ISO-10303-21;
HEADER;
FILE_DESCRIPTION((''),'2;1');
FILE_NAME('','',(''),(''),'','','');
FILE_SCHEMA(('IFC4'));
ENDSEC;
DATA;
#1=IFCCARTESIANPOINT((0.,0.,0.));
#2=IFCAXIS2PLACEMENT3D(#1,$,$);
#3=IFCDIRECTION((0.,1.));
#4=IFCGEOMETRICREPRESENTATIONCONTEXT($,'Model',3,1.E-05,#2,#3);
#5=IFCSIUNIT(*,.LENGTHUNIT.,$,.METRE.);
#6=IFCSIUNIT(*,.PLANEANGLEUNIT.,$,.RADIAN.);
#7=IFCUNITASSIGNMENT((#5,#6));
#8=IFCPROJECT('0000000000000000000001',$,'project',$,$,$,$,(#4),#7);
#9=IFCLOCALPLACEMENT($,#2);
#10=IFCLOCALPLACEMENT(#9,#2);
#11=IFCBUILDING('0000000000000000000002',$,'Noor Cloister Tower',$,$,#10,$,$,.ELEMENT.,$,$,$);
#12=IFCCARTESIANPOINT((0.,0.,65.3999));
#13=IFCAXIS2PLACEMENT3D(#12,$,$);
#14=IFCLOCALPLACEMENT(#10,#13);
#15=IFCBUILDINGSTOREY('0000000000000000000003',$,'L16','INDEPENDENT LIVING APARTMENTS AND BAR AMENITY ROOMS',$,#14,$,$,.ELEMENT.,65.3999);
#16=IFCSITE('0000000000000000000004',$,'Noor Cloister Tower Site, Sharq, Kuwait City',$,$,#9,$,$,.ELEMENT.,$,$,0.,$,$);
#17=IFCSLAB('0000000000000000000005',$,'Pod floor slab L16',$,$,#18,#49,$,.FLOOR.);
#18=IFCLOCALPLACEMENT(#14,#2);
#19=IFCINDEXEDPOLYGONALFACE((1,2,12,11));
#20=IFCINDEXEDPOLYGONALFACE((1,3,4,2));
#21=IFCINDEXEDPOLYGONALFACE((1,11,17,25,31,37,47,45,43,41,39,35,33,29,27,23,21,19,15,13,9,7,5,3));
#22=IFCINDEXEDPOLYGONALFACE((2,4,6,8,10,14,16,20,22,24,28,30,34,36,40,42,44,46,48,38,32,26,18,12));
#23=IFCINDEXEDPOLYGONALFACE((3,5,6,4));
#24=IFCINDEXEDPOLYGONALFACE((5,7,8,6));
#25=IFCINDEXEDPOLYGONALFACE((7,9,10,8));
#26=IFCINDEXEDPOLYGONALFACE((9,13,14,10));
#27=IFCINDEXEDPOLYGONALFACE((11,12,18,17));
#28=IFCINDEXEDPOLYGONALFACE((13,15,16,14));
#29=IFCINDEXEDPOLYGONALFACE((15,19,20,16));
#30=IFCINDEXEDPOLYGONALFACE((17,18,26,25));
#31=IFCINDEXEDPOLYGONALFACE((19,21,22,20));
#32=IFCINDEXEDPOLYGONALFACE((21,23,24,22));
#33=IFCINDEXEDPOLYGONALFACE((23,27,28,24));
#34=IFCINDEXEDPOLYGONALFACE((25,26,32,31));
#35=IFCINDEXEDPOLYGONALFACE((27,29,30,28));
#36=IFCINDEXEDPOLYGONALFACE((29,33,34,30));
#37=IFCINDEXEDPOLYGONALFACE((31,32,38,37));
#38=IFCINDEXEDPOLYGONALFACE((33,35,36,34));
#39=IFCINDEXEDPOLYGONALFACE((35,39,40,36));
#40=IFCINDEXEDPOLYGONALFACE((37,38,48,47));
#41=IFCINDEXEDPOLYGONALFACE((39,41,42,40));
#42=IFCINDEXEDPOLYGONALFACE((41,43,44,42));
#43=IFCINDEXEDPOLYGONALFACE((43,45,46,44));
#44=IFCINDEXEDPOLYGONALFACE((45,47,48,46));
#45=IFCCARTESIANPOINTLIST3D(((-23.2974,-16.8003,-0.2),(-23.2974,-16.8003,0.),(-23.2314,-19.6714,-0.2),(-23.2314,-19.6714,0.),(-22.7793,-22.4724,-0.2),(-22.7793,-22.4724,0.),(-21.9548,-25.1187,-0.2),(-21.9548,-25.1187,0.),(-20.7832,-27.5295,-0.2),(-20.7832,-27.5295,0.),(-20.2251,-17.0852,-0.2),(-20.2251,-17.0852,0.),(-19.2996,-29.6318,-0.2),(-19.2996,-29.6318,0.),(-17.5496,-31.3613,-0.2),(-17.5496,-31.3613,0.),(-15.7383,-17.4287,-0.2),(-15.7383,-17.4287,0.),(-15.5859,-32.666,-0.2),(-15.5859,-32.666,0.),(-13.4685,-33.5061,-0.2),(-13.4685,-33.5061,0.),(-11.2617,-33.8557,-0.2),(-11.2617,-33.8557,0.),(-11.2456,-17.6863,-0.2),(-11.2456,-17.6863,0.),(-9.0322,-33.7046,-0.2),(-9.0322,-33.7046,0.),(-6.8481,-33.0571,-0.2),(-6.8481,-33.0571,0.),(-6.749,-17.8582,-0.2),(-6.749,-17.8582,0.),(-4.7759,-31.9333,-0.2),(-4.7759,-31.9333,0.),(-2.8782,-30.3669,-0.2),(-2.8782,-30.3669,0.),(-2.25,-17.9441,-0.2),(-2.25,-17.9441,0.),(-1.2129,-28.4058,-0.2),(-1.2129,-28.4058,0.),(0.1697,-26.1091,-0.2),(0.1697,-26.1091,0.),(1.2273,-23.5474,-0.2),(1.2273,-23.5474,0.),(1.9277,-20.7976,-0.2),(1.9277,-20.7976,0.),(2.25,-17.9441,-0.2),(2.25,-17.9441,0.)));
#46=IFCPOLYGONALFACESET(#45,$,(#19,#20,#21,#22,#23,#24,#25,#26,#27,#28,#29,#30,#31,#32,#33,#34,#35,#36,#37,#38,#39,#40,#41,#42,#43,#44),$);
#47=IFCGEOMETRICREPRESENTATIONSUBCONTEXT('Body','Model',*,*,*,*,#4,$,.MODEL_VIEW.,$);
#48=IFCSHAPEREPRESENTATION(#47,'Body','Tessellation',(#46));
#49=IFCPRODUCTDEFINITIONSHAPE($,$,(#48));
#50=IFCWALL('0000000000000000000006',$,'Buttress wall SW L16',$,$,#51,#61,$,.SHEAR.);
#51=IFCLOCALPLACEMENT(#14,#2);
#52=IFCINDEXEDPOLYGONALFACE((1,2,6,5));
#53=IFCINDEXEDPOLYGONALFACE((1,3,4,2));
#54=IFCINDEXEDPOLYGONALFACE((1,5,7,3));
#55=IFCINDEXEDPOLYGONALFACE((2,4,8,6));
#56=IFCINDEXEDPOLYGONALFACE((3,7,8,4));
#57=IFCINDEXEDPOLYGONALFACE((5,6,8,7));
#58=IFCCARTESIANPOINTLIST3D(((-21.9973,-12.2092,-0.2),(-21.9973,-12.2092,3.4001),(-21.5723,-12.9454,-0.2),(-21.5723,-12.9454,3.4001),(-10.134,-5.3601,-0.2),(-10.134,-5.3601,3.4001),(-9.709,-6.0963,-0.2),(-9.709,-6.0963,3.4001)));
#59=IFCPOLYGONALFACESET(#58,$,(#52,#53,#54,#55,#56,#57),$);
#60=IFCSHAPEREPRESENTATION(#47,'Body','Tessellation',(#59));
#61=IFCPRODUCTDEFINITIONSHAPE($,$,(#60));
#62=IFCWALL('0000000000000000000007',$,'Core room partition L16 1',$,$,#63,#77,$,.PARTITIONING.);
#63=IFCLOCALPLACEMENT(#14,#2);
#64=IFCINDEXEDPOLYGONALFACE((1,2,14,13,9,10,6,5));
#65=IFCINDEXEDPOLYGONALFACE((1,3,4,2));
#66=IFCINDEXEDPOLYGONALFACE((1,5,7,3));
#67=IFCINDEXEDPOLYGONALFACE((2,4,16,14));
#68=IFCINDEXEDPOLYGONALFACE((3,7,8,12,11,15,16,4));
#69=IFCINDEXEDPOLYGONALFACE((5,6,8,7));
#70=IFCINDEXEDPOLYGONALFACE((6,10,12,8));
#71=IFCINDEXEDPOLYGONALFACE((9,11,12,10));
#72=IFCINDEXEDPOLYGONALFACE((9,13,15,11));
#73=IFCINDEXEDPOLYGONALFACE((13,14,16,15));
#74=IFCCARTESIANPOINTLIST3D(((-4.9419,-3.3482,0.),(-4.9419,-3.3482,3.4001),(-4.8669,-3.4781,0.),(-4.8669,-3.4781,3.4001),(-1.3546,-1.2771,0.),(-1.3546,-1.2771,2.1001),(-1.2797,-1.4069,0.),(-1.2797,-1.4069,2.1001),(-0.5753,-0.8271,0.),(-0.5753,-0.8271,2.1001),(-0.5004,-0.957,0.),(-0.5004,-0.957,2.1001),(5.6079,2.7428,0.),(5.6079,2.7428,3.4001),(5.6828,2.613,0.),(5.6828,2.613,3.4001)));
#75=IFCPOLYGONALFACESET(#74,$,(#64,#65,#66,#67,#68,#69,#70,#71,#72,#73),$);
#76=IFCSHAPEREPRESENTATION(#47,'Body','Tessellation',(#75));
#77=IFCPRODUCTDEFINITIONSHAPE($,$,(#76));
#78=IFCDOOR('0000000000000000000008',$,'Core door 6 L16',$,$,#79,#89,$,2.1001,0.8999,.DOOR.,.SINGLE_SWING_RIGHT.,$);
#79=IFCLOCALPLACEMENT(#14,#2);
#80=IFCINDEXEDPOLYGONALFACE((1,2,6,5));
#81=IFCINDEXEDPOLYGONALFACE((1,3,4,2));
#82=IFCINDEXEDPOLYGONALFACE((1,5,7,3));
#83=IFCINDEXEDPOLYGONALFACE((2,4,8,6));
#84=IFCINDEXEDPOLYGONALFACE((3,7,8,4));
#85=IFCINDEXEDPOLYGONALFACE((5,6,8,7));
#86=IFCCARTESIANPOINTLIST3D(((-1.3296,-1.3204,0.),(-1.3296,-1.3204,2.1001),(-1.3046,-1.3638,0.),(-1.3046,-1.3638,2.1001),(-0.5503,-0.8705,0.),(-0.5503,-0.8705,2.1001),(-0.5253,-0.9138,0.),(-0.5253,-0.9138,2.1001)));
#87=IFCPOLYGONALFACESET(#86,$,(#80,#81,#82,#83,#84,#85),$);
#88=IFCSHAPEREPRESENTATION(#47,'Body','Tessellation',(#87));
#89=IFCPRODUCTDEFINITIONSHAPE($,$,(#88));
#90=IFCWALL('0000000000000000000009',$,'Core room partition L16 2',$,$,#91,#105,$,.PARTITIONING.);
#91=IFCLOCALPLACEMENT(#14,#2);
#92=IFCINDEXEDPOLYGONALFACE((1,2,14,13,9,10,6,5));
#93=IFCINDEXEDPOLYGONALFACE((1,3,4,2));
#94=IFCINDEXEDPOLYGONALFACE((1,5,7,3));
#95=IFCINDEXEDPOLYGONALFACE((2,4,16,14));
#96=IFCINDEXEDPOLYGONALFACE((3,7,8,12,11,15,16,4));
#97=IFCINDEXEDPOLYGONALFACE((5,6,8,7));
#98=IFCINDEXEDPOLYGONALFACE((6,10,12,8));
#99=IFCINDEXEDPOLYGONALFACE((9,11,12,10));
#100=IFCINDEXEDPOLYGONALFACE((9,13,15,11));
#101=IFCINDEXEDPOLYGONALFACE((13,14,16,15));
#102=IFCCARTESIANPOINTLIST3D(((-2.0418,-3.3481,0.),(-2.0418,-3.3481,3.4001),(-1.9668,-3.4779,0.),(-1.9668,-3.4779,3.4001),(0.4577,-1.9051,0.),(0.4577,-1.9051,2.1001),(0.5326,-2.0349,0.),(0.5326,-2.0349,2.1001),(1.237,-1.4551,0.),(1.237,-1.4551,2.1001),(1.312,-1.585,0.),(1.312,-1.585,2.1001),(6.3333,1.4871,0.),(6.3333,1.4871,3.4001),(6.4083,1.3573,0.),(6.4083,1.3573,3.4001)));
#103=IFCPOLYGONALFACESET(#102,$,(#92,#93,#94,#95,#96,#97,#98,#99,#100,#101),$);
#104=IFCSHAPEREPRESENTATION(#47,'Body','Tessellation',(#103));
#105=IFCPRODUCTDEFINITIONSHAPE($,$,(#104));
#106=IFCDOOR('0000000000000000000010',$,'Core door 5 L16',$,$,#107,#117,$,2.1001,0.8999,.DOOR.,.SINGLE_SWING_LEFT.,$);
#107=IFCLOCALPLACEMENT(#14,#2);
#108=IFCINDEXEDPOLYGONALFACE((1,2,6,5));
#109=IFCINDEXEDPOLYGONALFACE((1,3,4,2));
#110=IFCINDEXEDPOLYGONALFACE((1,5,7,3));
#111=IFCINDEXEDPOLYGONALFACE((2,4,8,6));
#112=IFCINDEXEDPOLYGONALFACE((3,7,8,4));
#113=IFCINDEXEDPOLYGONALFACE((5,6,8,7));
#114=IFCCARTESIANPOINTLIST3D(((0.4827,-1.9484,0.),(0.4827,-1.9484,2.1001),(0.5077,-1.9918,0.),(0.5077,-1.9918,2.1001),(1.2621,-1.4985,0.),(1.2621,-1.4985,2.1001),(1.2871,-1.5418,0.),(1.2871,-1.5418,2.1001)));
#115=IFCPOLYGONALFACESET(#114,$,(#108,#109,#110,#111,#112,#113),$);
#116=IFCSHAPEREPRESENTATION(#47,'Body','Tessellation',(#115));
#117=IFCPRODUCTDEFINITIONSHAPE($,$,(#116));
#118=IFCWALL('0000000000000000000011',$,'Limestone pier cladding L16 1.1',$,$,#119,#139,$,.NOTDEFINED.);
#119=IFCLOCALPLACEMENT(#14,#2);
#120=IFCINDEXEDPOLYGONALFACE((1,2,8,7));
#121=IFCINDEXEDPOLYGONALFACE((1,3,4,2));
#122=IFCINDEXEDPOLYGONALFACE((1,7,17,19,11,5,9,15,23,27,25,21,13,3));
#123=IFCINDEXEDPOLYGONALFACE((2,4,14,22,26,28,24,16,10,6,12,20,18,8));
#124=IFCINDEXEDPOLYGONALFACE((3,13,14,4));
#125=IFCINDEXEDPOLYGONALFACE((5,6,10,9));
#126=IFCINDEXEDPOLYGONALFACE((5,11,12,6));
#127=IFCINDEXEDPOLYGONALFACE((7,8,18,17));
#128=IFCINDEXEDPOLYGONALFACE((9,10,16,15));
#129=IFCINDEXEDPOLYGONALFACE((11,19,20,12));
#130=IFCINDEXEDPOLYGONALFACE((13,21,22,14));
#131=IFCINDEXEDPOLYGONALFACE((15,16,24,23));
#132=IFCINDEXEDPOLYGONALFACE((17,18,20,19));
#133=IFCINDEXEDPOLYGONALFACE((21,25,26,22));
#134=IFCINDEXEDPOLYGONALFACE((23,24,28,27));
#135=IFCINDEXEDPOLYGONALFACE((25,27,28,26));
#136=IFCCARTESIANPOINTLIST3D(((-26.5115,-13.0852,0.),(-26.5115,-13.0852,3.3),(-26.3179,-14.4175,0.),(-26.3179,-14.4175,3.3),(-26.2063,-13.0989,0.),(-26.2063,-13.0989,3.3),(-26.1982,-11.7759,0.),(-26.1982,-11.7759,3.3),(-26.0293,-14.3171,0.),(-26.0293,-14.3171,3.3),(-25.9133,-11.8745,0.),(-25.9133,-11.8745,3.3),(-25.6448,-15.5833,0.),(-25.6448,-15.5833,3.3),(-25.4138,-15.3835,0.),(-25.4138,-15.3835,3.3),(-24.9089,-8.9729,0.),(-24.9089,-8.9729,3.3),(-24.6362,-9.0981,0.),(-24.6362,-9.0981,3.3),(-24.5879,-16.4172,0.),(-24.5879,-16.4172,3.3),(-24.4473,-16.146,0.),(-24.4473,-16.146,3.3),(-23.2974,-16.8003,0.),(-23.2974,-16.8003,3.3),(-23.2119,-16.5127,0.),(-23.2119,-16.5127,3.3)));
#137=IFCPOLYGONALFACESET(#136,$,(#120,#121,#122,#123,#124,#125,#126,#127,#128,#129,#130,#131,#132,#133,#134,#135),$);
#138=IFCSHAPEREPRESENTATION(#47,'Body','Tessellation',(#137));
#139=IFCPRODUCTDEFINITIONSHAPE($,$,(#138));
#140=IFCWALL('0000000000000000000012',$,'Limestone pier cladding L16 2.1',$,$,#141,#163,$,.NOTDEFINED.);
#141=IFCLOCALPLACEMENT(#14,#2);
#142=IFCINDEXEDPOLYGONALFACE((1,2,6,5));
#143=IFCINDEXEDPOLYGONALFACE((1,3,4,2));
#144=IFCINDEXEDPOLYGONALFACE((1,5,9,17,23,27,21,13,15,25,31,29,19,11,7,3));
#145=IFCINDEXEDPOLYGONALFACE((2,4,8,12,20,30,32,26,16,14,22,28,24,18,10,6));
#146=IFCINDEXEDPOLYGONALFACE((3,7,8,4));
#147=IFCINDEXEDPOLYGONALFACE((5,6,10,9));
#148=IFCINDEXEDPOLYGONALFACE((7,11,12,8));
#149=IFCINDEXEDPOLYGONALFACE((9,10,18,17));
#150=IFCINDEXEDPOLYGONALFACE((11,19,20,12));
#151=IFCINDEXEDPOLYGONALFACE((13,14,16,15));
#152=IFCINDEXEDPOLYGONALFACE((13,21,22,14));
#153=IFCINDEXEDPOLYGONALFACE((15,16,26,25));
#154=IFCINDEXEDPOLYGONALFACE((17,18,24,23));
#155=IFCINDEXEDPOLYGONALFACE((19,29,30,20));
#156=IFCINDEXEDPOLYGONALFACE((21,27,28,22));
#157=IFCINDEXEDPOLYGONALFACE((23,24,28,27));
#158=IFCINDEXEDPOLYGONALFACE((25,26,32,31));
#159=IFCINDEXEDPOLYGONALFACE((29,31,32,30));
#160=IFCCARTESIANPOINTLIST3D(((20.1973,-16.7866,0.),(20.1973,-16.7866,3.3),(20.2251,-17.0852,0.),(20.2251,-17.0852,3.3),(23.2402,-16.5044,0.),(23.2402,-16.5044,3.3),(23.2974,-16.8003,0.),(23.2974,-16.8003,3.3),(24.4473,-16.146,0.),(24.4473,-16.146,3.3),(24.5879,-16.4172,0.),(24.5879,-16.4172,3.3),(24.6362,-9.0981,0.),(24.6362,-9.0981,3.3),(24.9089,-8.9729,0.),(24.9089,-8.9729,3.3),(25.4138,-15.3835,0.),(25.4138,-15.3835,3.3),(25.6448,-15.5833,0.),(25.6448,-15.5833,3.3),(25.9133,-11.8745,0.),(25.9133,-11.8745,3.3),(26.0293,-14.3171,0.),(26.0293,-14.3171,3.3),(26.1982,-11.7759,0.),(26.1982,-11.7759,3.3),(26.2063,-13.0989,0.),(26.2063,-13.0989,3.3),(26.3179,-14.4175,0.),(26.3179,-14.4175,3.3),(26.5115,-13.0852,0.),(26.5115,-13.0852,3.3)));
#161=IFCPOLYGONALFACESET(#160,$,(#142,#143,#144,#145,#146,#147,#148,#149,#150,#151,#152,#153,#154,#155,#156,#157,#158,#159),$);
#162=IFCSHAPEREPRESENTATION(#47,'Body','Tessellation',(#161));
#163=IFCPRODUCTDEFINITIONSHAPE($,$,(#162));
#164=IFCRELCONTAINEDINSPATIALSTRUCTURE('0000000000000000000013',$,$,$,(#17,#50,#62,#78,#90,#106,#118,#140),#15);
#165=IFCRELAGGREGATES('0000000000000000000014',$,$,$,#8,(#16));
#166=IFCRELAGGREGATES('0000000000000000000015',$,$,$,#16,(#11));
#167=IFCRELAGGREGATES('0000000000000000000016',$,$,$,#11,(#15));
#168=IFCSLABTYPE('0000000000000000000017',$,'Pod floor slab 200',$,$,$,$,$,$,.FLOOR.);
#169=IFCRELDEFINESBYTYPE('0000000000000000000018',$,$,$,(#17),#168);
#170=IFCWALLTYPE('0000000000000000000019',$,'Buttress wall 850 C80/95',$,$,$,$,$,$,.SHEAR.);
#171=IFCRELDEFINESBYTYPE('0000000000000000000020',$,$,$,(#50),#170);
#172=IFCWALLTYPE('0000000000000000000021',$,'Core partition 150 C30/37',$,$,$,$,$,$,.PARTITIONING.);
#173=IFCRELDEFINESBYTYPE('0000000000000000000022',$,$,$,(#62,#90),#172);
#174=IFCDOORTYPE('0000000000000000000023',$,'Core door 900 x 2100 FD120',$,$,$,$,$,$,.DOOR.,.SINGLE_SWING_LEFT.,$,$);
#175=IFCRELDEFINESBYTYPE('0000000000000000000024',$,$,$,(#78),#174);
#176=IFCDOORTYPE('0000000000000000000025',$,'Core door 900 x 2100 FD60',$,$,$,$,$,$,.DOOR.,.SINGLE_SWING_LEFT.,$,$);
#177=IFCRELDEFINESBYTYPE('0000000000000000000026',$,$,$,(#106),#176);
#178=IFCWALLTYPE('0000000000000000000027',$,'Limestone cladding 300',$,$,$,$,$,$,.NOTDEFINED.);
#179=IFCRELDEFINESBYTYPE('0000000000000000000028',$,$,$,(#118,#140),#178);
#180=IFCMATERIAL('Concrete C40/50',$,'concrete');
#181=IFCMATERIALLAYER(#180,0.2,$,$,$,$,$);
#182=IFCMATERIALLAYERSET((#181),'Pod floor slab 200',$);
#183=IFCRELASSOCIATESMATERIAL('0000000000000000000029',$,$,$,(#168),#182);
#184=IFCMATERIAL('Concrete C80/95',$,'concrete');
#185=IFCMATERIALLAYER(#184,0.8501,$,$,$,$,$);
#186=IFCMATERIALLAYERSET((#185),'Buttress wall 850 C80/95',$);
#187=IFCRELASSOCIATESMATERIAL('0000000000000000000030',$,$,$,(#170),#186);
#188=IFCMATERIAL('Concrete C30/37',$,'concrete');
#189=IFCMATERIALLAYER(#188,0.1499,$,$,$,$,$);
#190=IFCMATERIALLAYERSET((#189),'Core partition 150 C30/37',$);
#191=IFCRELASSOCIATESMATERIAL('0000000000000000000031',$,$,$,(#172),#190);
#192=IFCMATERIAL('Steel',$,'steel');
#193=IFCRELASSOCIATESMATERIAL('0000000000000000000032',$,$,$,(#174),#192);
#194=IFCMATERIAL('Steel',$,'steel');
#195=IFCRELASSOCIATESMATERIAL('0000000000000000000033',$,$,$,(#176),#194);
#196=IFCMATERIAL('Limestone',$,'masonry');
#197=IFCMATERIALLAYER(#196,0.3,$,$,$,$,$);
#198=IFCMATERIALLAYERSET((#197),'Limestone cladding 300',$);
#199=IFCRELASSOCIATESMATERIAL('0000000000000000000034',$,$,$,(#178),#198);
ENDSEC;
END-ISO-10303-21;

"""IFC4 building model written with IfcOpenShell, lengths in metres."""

from ifc_helpers import new_model, si_unit, direction, frame, frame_2d, origin, place, context, subcontext, project, spatial, polyline, rectangle, outline, extrude, material, layer, layer_set, type_object, element, fill, save


model = new_model("IFC4")

# Units and contexts
model_context = context("Model", 3, precision=1e-05, world=origin(), true_north=direction((0.0, 1.0)))
body_context = subcontext(model_context, "Body", "Model", "MODEL_VIEW")
ifc_project = project(units=[si_unit("LENGTHUNIT", "METRE"), si_unit("PLANEANGLEUNIT", "RADIAN")], contexts=[model_context])

# Site, building, storey
site_placement = place(None, origin())
site = spatial("IfcSite", under=ifc_project, at=site_placement, Name="Noor Cloister Tower Site, Sharq, Kuwait City", CompositionType="ELEMENT", RefElevation=0.0)
building_placement = place(site_placement, origin())
building = spatial("IfcBuilding", under=site, at=building_placement, Name="Noor Cloister Tower", CompositionType="ELEMENT")
storey_placement = place(building_placement, frame((0.0, 0.0, 65.3999)))
storey = spatial("IfcBuildingStorey", under=building, at=storey_placement, Name="L16", Description="INDEPENDENT LIVING APARTMENTS AND BAR AMENITY ROOMS", CompositionType="ELEMENT", Elevation=65.3999)

# Slab
ifc_material_1 = material(Name="Concrete C40/50", Category="concrete")
ifc_layer_1 = layer(ifc_material_1, 0.2)
ifc_layer_set_1 = layer_set([ifc_layer_1], Name="Pod floor slab 200")
slab_type_1 = type_object("IfcSlabType", Name="Pod floor slab 200", PredefinedType="FLOOR", material=ifc_layer_set_1)
slab_1_placement = place(storey_placement, frame((0.0, 0.0, -0.2)))
element("IfcSlab", 1, at=slab_1_placement, inside=storey, type_object=slab_type_1, Name="Pod floor slab L16", PredefinedType="FLOOR", context=body_context, shape_type="SweptSolid", body=[
    extrude(outline(polyline([(-23.2974, -16.8003), (-23.2314, -19.6714), (-22.7793, -22.4724), (-21.9548, -25.1187), (-20.7832, -27.5295), (-19.2996, -29.6318), (-17.5496, -31.3613), (-15.5859, -32.666), (-13.4685, -33.5061), (-11.2617, -33.8557), (-9.0322, -33.7046), (-6.8481, -33.0571), (-4.7759, -31.9333), (-2.8782, -30.3669), (-1.2129, -28.4058), (0.1697, -26.1091), (1.2273, -23.5474), (1.9277, -20.7976), (2.25, -17.9441), (-2.25, -17.9441), (-6.749, -17.8582), (-11.2456, -17.6863), (-15.7383, -17.4287), (-20.2251, -17.0852), (-23.2974, -16.8003)])), origin(), (0.0, 0.0, 1.0), 0.2),
])

# Wall
ifc_material_2 = material(Name="Concrete C80/95", Category="concrete")
ifc_layer_2 = layer(ifc_material_2, 0.8501)
ifc_layer_set_2 = layer_set([ifc_layer_2], Name="Buttress wall 850 C80/95")
wall_type_1 = type_object("IfcWallType", Name="Buttress wall 850 C80/95", PredefinedType="SHEAR", material=ifc_layer_set_2)
wall_1_placement = place(storey_placement, frame((-9.9216, -5.7283, -0.2), z_axis=(0.0, 0.0, 1.0), x_axis=(-0.86603, -0.499992, 0.0)))
element("IfcWall", 2, at=wall_1_placement, inside=storey, type_object=wall_type_1, Name="Buttress wall SW L16", PredefinedType="SHEAR", context=body_context, shape_type="SweptSolid", body=[
    extrude(rectangle(XDim=13.6985, YDim=0.8501, at=frame_2d((6.8491, 0.0))), origin(), (0.0, 0.0, 1.0), 3.6001),
])

# Walls, openings, doors
ifc_material_3 = material(Name="Concrete C30/37", Category="concrete")
ifc_layer_3 = layer(ifc_material_3, 0.1499)
ifc_layer_set_3 = layer_set([ifc_layer_3], Name="Core partition 150 C30/37")
wall_type_2 = type_object("IfcWallType", Name="Core partition 150 C30/37", PredefinedType="PARTITIONING", material=ifc_layer_set_3)
wall_2_placement = place(storey_placement, frame((-4.9043, -3.4131, 0.0), z_axis=(0.0, 0.0, 1.0), x_axis=(0.866021, 0.500008, 0.0)))
wall_2 = element("IfcWall", 3, at=wall_2_placement, inside=storey, type_object=wall_type_2, Name="Core room partition L16 1", PredefinedType="PARTITIONING", context=body_context, shape_type="SweptSolid", body=[
    extrude(rectangle(XDim=12.1819, YDim=0.1499, at=frame_2d((6.0908, 0.0))), origin(), (0.0, 0.0, 1.0), 3.4001),
])
opening_1_placement = place(wall_2_placement, frame((4.1421, 0.0, 0.0)))
opening_1 = element("IfcOpeningElement", 4, at=opening_1_placement, cuts=wall_2, PredefinedType="OPENING", context=body_context, shape_type="SweptSolid", body=[
    extrude(rectangle(XDim=0.8999, YDim=2.1001, at=frame_2d((0.45, 1.05))), frame((0.0, 0.085, 0.0), z_axis=(0.0, -1.0, 0.0), x_axis=(1.0, 0.0, 0.0)), (0.0, 0.0, 1.0), 0.1699),
])
ifc_material_4 = material(Name="Steel", Category="steel")
door_type_1 = type_object("IfcDoorType", Name="Core door 900 x 2100 FD120", OperationType="SINGLE_SWING_LEFT", PredefinedType="DOOR", material=ifc_material_4)
door_1_placement = place(opening_1_placement, origin())
door_1 = element("IfcDoor", 5, at=door_1_placement, inside=storey, type_object=door_type_1, Name="Core door 6 L16", OperationType="SINGLE_SWING_RIGHT", OverallHeight=2.1001, OverallWidth=0.8999, PredefinedType="DOOR", context=body_context, shape_type="SweptSolid", body=[
    extrude(rectangle(XDim=0.8999, YDim=2.1001, at=frame_2d((0.45, 1.05))), frame((0.0, 0.0249, 0.0), z_axis=(0.0, -1.0, 0.0), x_axis=(1.0, 0.0, 0.0)), (0.0, 0.0, 1.0), 0.05),
])
fill(opening_1, door_1)
wall_3_placement = place(storey_placement, frame((-2.0044, -3.4131, 0.0), z_axis=(0.0, 0.0, 1.0), x_axis=(0.86603, 0.499992, 0.0)))
wall_3 = element("IfcWall", 6, at=wall_3_placement, inside=storey, type_object=wall_type_2, Name="Core room partition L16 2", PredefinedType="PARTITIONING", context=body_context, shape_type="SweptSolid", body=[
    extrude(rectangle(XDim=9.6707, YDim=0.1499, at=frame_2d((4.8354, 0.0))), origin(), (0.0, 0.0, 1.0), 3.4001),
])
opening_2_placement = place(wall_3_placement, frame((2.8862, 0.0, 0.0)))
opening_2 = element("IfcOpeningElement", 7, at=opening_2_placement, cuts=wall_3, PredefinedType="OPENING", context=body_context, shape_type="SweptSolid", body=[
    extrude(rectangle(XDim=0.8999, YDim=2.1001, at=frame_2d((0.45, 1.05))), frame((0.0, 0.085, 0.0), z_axis=(0.0, -1.0, 0.0), x_axis=(1.0, 0.0, 0.0)), (0.0, 0.0, 1.0), 0.1699),
])
ifc_material_5 = material(Name="Steel", Category="steel")
door_type_2 = type_object("IfcDoorType", Name="Core door 900 x 2100 FD60", OperationType="SINGLE_SWING_LEFT", PredefinedType="DOOR", material=ifc_material_5)
door_2_placement = place(opening_2_placement, origin())
door_2 = element("IfcDoor", 8, at=door_2_placement, inside=storey, type_object=door_type_2, Name="Core door 5 L16", OperationType="SINGLE_SWING_LEFT", OverallHeight=2.1001, OverallWidth=0.8999, PredefinedType="DOOR", context=body_context, shape_type="SweptSolid", body=[
    extrude(rectangle(XDim=0.8999, YDim=2.1001, at=frame_2d((0.45, 1.05))), frame((0.0, 0.0249, 0.0), z_axis=(0.0, -1.0, 0.0), x_axis=(1.0, 0.0, 0.0)), (0.0, 0.0, 1.0), 0.05),
])
fill(opening_2, door_2)

# Walls
ifc_material_6 = material(Name="Limestone", Category="masonry")
ifc_layer_4 = layer(ifc_material_6, 0.3)
ifc_layer_set_4 = layer_set([ifc_layer_4], Name="Limestone cladding 300")
wall_type_3 = type_object("IfcWallType", Name="Limestone cladding 300", PredefinedType="NOTDEFINED", material=ifc_layer_set_4)
wall_4_placement = place(storey_placement, origin())
element("IfcWall", 9, at=wall_4_placement, inside=storey, type_object=wall_type_3, Name="Limestone pier cladding L16 1.1", PredefinedType="NOTDEFINED", context=body_context, shape_type="SweptSolid", body=[
    extrude(outline(polyline([(-24.9089, -8.9729), (-26.1982, -11.7759), (-26.5115, -13.0852), (-26.3179, -14.4175), (-25.6448, -15.5833), (-24.5879, -16.4172), (-23.2974, -16.8003), (-23.2119, -16.5127), (-24.4473, -16.146), (-25.4138, -15.3835), (-26.0293, -14.3171), (-26.2063, -13.0989), (-25.9133, -11.8745), (-24.6362, -9.0981), (-24.9089, -8.9729)])), origin(), (0.0, 0.0, 1.0), 3.3),
])
wall_5_placement = place(storey_placement, origin())
element("IfcWall", 10, at=wall_5_placement, inside=storey, type_object=wall_type_3, Name="Limestone pier cladding L16 2.1", PredefinedType="NOTDEFINED", context=body_context, shape_type="SweptSolid", body=[
    extrude(outline(polyline([(20.2251, -17.0852), (23.2974, -16.8003), (24.5879, -16.4172), (25.6448, -15.5833), (26.3179, -14.4175), (26.5115, -13.0852), (26.1982, -11.7759), (24.9089, -8.9729), (24.6362, -9.0981), (25.9133, -11.8745), (26.2063, -13.0989), (26.0293, -14.3171), (25.4138, -15.3835), (24.4473, -16.146), (23.2402, -16.5044), (20.1973, -16.7866), (20.2251, -17.0852)])), origin(), (0.0, 0.0, 1.0), 3.3),
])

save(model, "model.ifc")
